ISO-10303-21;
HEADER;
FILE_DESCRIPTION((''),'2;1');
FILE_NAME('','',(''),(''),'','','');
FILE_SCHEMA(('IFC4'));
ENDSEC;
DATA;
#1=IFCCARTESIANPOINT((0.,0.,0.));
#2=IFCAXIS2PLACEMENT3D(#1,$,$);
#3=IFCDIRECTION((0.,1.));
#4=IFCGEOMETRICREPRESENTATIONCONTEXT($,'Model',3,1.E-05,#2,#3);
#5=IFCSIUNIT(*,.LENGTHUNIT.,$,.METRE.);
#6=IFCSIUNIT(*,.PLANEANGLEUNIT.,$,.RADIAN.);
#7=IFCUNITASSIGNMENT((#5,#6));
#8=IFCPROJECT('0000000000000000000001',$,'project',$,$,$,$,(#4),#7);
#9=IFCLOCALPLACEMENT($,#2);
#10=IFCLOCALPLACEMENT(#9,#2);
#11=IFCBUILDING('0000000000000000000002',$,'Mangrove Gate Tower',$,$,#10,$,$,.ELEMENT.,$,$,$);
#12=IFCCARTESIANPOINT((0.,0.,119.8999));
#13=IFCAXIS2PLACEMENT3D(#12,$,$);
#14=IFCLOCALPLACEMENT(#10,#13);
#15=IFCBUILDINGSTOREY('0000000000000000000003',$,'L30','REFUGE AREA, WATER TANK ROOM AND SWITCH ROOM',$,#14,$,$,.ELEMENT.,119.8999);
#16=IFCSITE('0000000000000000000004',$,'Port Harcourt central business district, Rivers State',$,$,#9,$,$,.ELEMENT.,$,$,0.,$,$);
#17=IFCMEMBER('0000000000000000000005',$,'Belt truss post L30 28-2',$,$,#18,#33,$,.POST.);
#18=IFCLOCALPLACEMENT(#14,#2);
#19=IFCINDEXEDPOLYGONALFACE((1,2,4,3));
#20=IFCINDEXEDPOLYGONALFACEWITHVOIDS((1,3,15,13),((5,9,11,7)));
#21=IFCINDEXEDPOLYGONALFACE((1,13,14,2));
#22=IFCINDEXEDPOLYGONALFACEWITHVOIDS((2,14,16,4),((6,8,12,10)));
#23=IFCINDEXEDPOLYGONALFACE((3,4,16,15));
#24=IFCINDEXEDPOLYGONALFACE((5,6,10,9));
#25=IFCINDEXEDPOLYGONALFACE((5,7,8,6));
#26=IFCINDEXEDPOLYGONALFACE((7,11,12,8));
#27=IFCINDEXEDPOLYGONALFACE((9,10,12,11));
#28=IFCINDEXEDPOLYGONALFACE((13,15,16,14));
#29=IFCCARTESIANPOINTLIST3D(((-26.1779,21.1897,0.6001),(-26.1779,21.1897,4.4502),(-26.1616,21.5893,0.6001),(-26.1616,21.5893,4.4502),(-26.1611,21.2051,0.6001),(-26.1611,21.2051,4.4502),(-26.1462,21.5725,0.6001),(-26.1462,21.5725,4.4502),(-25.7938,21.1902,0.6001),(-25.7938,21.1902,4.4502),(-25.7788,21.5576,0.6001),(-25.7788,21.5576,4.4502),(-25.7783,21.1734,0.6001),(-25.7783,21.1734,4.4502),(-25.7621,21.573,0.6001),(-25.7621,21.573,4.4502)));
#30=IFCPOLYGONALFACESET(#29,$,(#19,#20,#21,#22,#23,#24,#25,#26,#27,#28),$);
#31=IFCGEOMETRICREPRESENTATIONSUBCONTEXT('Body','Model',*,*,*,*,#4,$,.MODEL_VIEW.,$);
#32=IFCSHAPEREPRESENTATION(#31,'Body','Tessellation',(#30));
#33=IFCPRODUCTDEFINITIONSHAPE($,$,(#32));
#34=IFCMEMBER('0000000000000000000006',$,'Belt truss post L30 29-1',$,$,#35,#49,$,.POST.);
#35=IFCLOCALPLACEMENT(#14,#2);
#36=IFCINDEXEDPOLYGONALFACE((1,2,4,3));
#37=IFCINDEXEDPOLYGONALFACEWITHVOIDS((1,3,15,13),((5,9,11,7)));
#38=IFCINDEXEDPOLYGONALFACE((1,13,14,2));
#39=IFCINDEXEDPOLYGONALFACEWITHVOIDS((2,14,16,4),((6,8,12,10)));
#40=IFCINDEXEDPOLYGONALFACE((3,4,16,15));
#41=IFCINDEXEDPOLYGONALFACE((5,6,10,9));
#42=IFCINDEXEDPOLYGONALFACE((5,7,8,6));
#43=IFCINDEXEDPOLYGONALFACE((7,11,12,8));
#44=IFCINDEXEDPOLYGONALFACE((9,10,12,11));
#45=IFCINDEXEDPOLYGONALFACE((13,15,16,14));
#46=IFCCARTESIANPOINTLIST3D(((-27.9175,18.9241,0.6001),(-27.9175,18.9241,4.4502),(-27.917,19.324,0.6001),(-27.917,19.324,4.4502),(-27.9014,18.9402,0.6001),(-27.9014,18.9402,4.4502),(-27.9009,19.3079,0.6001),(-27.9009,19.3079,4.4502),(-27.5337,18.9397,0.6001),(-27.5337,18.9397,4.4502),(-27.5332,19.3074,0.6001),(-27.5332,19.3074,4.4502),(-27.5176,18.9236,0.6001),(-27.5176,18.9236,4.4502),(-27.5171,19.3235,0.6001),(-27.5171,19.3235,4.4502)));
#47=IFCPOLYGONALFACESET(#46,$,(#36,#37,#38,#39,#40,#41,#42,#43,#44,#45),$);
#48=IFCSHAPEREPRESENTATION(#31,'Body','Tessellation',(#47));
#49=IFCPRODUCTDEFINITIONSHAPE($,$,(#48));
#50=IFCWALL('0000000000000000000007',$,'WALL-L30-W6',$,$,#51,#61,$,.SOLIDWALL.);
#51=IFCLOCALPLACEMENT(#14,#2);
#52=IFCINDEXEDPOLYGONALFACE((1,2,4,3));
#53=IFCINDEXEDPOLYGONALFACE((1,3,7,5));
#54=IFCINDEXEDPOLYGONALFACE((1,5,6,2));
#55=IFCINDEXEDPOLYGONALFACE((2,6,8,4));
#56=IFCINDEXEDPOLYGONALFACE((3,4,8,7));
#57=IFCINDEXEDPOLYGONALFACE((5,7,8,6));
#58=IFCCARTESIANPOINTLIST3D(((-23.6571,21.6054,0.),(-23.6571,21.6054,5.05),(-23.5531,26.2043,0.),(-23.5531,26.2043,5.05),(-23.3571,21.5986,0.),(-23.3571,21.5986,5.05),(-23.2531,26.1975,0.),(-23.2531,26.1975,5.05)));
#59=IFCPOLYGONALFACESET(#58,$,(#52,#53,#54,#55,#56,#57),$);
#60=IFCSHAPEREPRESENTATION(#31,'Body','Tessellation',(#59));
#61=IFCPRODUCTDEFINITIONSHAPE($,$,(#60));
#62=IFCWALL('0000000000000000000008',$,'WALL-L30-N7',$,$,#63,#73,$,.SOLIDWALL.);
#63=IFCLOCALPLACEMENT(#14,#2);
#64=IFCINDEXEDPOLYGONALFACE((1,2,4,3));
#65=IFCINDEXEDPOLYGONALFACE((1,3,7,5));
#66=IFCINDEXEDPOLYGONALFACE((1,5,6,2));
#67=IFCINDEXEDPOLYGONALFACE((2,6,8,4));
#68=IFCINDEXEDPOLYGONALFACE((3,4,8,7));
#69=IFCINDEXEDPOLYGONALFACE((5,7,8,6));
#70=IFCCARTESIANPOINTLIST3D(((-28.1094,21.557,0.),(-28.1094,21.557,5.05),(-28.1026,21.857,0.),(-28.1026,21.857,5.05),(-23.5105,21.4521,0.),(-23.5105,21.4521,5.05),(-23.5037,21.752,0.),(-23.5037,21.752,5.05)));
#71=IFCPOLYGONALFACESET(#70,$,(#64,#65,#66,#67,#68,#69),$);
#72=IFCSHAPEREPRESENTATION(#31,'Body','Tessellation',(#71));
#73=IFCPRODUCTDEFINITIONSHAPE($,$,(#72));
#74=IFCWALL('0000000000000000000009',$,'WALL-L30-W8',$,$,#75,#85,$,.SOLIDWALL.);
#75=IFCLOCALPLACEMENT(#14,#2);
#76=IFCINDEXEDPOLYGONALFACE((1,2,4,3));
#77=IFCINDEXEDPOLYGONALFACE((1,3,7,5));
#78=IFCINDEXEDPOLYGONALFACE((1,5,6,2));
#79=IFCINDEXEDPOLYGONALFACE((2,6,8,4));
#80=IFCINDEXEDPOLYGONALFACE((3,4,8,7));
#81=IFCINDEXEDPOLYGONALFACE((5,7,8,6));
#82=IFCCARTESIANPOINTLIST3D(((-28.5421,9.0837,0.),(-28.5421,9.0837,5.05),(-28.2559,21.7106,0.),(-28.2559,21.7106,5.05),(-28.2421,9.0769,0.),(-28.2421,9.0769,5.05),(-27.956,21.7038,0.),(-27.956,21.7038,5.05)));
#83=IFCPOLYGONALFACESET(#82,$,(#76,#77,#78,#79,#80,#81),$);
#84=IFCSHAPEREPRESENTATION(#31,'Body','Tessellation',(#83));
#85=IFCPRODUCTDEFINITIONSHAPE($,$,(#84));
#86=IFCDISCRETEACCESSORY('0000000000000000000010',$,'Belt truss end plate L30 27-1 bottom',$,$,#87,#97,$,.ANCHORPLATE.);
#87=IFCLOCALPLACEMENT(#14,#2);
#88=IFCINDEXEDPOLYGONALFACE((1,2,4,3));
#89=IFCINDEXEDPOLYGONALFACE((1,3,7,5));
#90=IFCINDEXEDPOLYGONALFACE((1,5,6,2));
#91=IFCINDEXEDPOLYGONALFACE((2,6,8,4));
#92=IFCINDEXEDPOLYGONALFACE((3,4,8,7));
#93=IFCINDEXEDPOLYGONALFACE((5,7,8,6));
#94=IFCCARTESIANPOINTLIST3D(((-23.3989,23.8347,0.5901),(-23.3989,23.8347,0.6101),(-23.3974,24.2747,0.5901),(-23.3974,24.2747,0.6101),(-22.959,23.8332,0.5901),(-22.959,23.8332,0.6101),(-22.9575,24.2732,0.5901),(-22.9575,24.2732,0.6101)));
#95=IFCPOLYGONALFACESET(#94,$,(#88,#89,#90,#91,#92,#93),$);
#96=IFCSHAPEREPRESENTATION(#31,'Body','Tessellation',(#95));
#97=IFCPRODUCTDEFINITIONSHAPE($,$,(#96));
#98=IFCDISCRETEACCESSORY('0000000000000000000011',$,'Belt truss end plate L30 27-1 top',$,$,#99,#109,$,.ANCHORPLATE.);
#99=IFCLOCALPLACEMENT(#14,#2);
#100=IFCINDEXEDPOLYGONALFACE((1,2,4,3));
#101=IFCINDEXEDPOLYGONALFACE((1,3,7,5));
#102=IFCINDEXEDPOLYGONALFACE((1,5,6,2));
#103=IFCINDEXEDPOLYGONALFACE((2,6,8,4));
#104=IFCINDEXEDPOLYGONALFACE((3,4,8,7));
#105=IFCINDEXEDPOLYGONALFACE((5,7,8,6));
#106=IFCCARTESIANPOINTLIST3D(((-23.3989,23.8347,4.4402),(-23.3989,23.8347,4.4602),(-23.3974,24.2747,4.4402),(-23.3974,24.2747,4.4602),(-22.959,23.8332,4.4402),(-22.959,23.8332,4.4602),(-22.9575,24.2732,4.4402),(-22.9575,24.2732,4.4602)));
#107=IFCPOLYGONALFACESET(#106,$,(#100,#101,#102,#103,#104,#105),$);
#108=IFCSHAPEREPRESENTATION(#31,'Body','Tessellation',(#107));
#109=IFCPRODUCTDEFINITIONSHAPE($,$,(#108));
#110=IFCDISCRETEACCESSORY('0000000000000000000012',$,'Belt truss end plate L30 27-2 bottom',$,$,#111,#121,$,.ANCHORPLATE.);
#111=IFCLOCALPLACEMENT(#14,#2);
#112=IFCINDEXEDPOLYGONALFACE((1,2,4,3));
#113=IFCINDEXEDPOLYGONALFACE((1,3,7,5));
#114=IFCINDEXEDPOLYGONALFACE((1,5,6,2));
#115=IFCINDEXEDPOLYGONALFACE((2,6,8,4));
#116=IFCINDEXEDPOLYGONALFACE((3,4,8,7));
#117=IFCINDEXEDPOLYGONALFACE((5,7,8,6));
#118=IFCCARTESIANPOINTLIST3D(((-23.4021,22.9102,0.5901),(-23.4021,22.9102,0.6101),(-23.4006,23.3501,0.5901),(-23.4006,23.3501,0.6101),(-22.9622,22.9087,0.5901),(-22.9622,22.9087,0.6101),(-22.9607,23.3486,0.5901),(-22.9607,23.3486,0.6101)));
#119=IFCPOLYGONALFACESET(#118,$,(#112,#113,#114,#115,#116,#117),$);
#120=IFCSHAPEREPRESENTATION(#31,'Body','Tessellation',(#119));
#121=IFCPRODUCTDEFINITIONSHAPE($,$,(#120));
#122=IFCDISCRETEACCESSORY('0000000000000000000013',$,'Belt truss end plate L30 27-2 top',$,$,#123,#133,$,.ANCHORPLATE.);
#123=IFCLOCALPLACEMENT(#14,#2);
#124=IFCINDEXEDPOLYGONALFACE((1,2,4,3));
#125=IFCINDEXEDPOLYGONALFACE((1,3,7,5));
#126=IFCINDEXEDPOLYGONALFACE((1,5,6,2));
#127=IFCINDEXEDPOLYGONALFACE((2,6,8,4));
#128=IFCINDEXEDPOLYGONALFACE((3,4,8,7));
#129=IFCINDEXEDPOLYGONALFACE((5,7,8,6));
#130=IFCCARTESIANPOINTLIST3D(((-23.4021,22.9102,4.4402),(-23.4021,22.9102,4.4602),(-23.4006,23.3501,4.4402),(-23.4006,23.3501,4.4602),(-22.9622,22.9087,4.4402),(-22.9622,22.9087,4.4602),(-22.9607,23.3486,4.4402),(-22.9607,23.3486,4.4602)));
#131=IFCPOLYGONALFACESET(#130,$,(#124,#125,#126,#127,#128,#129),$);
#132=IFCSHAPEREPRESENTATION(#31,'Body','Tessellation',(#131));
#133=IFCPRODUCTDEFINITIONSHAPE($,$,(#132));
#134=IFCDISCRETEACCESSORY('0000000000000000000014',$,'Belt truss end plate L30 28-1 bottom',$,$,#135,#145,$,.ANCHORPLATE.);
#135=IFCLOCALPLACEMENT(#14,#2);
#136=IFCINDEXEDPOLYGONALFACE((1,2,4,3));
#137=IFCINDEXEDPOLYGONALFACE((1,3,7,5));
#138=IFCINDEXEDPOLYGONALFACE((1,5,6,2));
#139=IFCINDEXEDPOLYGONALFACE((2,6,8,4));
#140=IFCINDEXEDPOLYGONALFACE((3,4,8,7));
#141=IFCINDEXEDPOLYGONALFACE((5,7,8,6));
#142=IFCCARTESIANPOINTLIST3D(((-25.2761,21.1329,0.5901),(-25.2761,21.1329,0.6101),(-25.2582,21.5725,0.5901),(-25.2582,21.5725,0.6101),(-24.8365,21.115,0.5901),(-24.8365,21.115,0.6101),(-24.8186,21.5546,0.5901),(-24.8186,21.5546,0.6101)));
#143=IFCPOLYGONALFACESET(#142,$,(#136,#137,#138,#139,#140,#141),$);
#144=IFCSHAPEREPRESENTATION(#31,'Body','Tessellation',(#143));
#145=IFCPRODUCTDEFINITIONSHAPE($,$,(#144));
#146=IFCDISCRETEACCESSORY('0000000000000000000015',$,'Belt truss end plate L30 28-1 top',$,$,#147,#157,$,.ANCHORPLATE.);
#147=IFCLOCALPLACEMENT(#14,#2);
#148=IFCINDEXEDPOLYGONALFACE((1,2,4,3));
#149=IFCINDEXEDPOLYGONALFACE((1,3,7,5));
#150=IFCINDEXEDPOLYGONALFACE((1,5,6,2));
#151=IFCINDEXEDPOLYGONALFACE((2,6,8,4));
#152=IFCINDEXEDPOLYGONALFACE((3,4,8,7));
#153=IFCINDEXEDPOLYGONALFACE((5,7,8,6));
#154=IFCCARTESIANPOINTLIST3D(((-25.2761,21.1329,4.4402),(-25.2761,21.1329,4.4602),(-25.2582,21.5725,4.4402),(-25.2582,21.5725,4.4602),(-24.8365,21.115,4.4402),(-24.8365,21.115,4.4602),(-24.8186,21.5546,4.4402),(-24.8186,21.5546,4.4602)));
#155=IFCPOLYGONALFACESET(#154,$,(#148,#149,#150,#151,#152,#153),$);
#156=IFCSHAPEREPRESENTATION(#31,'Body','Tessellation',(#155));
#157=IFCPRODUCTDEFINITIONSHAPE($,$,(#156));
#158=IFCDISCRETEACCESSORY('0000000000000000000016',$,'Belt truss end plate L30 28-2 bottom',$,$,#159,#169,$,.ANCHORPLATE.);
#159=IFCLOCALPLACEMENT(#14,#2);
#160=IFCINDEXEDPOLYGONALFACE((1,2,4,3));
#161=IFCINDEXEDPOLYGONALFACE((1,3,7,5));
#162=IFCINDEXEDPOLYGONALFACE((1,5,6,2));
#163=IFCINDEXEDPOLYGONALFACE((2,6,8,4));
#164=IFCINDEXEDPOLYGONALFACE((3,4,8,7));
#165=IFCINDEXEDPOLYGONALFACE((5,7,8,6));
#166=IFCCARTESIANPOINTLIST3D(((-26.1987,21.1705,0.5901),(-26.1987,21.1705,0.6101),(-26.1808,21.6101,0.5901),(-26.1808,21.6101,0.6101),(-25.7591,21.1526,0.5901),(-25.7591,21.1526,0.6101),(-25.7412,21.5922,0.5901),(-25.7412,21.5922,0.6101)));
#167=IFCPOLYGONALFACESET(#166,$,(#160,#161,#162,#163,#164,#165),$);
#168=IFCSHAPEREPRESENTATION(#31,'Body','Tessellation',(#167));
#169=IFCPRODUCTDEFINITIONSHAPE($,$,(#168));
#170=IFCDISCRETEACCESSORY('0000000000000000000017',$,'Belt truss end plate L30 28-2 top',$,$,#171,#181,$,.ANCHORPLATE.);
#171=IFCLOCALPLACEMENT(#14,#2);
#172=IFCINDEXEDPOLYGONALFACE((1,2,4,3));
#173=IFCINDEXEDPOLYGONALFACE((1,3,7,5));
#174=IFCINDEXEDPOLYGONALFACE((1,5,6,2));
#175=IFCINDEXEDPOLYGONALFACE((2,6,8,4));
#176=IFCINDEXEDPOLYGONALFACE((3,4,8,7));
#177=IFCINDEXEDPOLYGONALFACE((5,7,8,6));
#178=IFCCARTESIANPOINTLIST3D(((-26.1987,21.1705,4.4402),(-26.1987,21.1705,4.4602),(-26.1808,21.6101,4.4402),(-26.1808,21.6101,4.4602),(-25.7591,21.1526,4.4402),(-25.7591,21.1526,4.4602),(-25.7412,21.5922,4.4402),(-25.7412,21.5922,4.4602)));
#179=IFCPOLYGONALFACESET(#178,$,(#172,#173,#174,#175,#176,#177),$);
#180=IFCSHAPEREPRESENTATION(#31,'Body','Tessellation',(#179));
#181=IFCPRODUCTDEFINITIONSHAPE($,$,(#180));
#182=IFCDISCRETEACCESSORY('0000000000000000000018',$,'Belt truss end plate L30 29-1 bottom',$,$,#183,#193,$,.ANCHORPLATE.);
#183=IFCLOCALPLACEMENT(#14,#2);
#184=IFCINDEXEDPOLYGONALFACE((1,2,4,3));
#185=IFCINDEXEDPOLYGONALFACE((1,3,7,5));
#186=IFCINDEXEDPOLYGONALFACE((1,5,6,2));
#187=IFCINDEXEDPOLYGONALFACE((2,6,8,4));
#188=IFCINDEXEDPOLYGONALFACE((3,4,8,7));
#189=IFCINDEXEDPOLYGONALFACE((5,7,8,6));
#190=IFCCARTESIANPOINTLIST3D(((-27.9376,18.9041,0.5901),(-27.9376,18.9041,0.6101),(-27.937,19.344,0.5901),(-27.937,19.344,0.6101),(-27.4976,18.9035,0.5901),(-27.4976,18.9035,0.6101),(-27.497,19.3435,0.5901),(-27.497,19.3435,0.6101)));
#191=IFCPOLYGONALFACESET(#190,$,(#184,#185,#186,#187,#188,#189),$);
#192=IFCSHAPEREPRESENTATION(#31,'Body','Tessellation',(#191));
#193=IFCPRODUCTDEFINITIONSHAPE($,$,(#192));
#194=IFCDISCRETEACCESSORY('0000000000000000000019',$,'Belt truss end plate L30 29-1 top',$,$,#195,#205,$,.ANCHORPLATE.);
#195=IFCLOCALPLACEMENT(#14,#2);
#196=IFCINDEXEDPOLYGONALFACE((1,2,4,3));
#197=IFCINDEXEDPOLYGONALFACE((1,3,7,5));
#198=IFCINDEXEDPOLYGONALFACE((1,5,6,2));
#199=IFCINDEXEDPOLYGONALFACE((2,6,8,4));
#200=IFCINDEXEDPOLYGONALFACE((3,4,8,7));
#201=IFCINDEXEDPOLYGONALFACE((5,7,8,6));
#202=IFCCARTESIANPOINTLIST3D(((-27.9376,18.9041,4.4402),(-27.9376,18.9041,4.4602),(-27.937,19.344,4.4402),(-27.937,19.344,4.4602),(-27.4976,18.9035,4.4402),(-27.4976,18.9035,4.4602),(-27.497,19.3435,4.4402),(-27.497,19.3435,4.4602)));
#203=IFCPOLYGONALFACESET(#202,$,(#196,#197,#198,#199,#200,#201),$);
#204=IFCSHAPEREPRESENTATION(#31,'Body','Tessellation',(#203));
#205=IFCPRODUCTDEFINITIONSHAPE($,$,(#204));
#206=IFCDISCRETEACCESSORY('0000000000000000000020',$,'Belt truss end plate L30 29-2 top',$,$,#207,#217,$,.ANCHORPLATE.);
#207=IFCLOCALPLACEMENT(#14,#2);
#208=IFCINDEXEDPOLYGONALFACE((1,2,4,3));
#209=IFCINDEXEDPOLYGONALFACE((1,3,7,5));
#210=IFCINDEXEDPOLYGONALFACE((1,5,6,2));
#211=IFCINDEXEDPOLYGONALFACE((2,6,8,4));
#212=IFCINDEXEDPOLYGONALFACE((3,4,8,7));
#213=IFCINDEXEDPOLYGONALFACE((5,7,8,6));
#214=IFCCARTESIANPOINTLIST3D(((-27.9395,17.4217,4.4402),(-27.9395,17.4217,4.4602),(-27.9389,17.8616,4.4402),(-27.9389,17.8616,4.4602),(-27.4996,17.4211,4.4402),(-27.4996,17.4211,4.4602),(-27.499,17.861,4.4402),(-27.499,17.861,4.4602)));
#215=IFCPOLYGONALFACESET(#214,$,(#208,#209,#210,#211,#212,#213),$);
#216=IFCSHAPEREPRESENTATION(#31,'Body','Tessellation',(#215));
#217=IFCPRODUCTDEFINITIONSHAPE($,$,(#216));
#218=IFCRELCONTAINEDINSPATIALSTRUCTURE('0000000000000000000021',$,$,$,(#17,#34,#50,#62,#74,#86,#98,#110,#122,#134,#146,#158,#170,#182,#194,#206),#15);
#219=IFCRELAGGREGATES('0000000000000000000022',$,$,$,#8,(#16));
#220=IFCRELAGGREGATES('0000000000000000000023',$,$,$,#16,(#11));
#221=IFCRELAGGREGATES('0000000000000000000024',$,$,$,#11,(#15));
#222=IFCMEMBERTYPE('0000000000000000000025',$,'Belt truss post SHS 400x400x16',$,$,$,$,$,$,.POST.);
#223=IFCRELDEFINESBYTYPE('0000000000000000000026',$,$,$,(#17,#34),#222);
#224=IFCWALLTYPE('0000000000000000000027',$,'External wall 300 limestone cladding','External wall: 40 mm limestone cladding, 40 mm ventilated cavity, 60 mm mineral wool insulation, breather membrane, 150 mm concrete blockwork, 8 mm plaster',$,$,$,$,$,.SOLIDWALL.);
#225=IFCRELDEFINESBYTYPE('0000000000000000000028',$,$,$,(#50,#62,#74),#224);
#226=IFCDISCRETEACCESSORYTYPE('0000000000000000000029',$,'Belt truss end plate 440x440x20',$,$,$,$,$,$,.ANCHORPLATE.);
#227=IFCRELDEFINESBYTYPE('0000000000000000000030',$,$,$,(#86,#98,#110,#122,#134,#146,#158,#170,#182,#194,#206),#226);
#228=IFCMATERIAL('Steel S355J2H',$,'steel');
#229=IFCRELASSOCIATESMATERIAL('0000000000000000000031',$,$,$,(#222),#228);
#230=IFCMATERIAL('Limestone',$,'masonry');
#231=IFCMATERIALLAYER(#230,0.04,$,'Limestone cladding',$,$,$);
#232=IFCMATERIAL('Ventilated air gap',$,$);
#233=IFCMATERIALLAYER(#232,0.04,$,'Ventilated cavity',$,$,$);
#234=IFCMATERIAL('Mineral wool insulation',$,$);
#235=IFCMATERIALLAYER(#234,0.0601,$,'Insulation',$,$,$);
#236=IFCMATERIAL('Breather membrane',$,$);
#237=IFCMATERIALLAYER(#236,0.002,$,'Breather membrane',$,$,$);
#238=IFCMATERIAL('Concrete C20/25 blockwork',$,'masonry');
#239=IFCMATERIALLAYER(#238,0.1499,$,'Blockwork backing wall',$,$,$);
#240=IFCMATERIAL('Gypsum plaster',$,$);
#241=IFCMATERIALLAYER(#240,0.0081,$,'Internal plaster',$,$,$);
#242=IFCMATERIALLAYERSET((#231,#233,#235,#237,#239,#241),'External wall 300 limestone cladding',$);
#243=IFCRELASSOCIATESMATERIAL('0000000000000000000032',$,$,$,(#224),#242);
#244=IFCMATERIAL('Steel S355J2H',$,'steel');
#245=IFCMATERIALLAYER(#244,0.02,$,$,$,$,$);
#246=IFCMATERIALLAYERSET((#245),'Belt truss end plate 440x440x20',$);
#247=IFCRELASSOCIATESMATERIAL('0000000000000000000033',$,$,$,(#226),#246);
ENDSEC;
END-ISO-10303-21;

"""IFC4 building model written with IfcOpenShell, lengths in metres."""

from ifc_helpers import new_model, si_unit, direction, frame, frame_2d, origin, origin_2d, place, context, subcontext, project, spatial, rectangle, hollow_rectangle, extrude, material, layer, layer_set, material_profile, profile_set, type_object, element, save


model = new_model("IFC4")

# Units and contexts
model_context = context("Model", 3, precision=1e-05, world=origin(), true_north=direction((0.0, 1.0)))
body_context = subcontext(model_context, "Body", "Model", "MODEL_VIEW")
ifc_project = project(units=[si_unit("LENGTHUNIT", "METRE"), si_unit("PLANEANGLEUNIT", "RADIAN")], contexts=[model_context])

# Site, building, storey
site_placement = place(None, origin())
site = spatial("IfcSite", under=ifc_project, at=site_placement, Name="Port Harcourt central business district, Rivers State", CompositionType="ELEMENT", RefElevation=0.0)
building_placement = place(site_placement, origin())
building = spatial("IfcBuilding", under=site, at=building_placement, Name="Mangrove Gate Tower", CompositionType="ELEMENT")
storey_placement = place(building_placement, frame((0.0, 0.0, 119.8999)))
storey = spatial("IfcBuildingStorey", under=building, at=storey_placement, Name="L30", Description="REFUGE AREA, WATER TANK ROOM AND SWITCH ROOM", CompositionType="ELEMENT", Elevation=119.8999)

# Members
ifc_material_1 = material(Name="Steel S355J2H", Category="steel")
ifc_material_profile_1 = material_profile(ifc_material_1, hollow_rectangle(XDim=0.3999, YDim=0.3999, WallThickness=0.0161, at=origin_2d()))
ifc_profile_set_1 = profile_set([ifc_material_profile_1], Name="Steel S355J2H")
member_type_1 = type_object("IfcMemberType", Name="Belt truss post SHS 400x400x16", PredefinedType="POST", material=ifc_profile_set_1)
for number, where, z_axis, x_axis, name in (
    (1, (-25.97, 21.3813, 0.6001), (0.0, 0.0, 1.0), (-0.999172, 0.040674, 0.0), "Belt truss post L30 28-2"),
    (2, (-27.7173, 19.1238, 0.6001), (0.0, 0.0, 1.0), (-0.001356, -0.999999, 0.0), "Belt truss post L30 29-1"),
):
    element("IfcMember", number, at=place(storey_placement, frame(where, z_axis=z_axis, x_axis=x_axis)), inside=storey, type_object=member_type_1, Name=name, PredefinedType="POST", context=body_context, shape_type="SweptSolid", body=[
        extrude(hollow_rectangle(XDim=0.3999, YDim=0.3999, WallThickness=0.0161, at=origin_2d()), origin(), (0.0, 0.0, 1.0), 3.8501),
    ])

# Walls
ifc_material_2 = material(Name="Limestone", Category="masonry")
ifc_layer_1 = layer(ifc_material_2, 0.04, Name="Limestone cladding")
ifc_material_3 = material(Name="Ventilated air gap")
ifc_layer_2 = layer(ifc_material_3, 0.04, Name="Ventilated cavity")
ifc_material_4 = material(Name="Mineral wool insulation")
ifc_layer_3 = layer(ifc_material_4, 0.0601, Name="Insulation")
ifc_material_5 = material(Name="Breather membrane")
ifc_layer_4 = layer(ifc_material_5, 0.002, Name="Breather membrane")
ifc_material_6 = material(Name="Concrete C20/25 blockwork", Category="masonry")
ifc_layer_5 = layer(ifc_material_6, 0.1499, Name="Blockwork backing wall")
ifc_material_7 = material(Name="Gypsum plaster")
ifc_layer_6 = layer(ifc_material_7, 0.0081, Name="Internal plaster")
ifc_layer_set_1 = layer_set([ifc_layer_1, ifc_layer_2, ifc_layer_3, ifc_layer_4, ifc_layer_5, ifc_layer_6], Name="External wall 300 limestone cladding")
wall_type = type_object("IfcWallType", Name="External wall 300 limestone cladding", Description="External wall: 40 mm limestone cladding, 40 mm ventilated cavity, 60 mm mineral wool insulation, breather membrane, 150 mm concrete blockwork, 8 mm plaster", PredefinedType="SOLIDWALL", material=ifc_layer_set_1)
for number, where, z_axis, x_axis, name in (
    (3, (-23.4031, 26.2009, 0.0), (0.0, 0.0, 1.0), (-0.022609, -0.999744, 0.0), "WALL-L30-W6"),
    (4, (-23.5071, 21.6021, 0.0), (0.0, 0.0, 1.0), (-0.99974, 0.022821, 0.0), "WALL-L30-N7"),
):
    element("IfcWall", number, at=place(storey_placement, frame(where, z_axis=z_axis, x_axis=x_axis)), inside=storey, type_object=wall_type, Name=name, PredefinedType="SOLIDWALL", context=body_context, shape_type="SweptSolid", body=[
        extrude(rectangle(XDim=4.6001, YDim=0.3, at=frame_2d((2.3, 0.0))), origin(), (0.0, 0.0, 1.0), 5.05),
    ])
wall_placement = place(storey_placement, frame((-28.106, 21.707, 0.0), z_axis=(0.0, 0.0, 1.0), x_axis=(-0.022655, -0.999743, 0.0)))
element("IfcWall", 5, at=wall_placement, inside=storey, type_object=wall_type, Name="WALL-L30-W8", PredefinedType="SOLIDWALL", context=body_context, shape_type="SweptSolid", body=[
    extrude(rectangle(XDim=12.6301, YDim=0.3, at=frame_2d((6.3149, 0.0))), origin(), (0.0, 0.0, 1.0), 5.05),
])

# Discrete accessories
ifc_material_8 = material(Name="Steel S355J2H", Category="steel")
ifc_layer_7 = layer(ifc_material_8, 0.02)
ifc_layer_set_2 = layer_set([ifc_layer_7], Name="Belt truss end plate 440x440x20")
discrete_accessory_type = type_object("IfcDiscreteAccessoryType", Name="Belt truss end plate 440x440x20", PredefinedType="ANCHORPLATE", material=ifc_layer_set_2)
for number, where, z_axis, x_axis, name in (
    (6, (-23.1782, 24.054, 0.5901), (0.0, 0.0, 1.0), (-0.003388, -0.999994, 0.0), "Belt truss end plate L30 27-1 bottom"),
    (7, (-23.1782, 24.054, 4.4402), (0.0, 0.0, 1.0), (-0.003388, -0.999994, 0.0), "Belt truss end plate L30 27-1 top"),
    (8, (-23.1814, 23.1294, 0.5901), (0.0, 0.0, 1.0), (-0.003388, -0.999994, 0.0), "Belt truss end plate L30 27-2 bottom"),
    (9, (-23.1814, 23.1294, 4.4402), (0.0, 0.0, 1.0), (-0.003388, -0.999994, 0.0), "Belt truss end plate L30 27-2 top"),
    (10, (-25.0474, 21.3438, 0.5901), (0.0, 0.0, 1.0), (-0.999172, 0.040674, 0.0), "Belt truss end plate L30 28-1 bottom"),
    (11, (-25.0474, 21.3438, 4.4402), (0.0, 0.0, 1.0), (-0.999172, 0.040674, 0.0), "Belt truss end plate L30 28-1 top"),
    (12, (-25.97, 21.3813, 0.5901), (0.0, 0.0, 1.0), (-0.999172, 0.040674, 0.0), "Belt truss end plate L30 28-2 bottom"),
    (13, (-25.97, 21.3813, 4.4402), (0.0, 0.0, 1.0), (-0.999172, 0.040674, 0.0), "Belt truss end plate L30 28-2 top"),
    (14, (-27.7173, 19.1238, 0.5901), (0.0, 0.0, 1.0), (-0.001356, -0.999999, 0.0), "Belt truss end plate L30 29-1 bottom"),
    (15, (-27.7173, 19.1238, 4.4402), (0.0, 0.0, 1.0), (-0.001356, -0.999999, 0.0), "Belt truss end plate L30 29-1 top"),
    (16, (-27.7192, 17.6414, 4.4402), (0.0, 0.0, 1.0), (-0.001356, -0.999999, 0.0), "Belt truss end plate L30 29-2 top"),
):
    element("IfcDiscreteAccessory", number, at=place(storey_placement, frame(where, z_axis=z_axis, x_axis=x_axis)), inside=storey, type_object=discrete_accessory_type, Name=name, PredefinedType="ANCHORPLATE", context=body_context, shape_type="SweptSolid", body=[
        extrude(rectangle(XDim=0.4399, YDim=0.4399, at=origin_2d()), origin(), (0.0, 0.0, 1.0), 0.02),
    ])

save(model, "model.ifc")
